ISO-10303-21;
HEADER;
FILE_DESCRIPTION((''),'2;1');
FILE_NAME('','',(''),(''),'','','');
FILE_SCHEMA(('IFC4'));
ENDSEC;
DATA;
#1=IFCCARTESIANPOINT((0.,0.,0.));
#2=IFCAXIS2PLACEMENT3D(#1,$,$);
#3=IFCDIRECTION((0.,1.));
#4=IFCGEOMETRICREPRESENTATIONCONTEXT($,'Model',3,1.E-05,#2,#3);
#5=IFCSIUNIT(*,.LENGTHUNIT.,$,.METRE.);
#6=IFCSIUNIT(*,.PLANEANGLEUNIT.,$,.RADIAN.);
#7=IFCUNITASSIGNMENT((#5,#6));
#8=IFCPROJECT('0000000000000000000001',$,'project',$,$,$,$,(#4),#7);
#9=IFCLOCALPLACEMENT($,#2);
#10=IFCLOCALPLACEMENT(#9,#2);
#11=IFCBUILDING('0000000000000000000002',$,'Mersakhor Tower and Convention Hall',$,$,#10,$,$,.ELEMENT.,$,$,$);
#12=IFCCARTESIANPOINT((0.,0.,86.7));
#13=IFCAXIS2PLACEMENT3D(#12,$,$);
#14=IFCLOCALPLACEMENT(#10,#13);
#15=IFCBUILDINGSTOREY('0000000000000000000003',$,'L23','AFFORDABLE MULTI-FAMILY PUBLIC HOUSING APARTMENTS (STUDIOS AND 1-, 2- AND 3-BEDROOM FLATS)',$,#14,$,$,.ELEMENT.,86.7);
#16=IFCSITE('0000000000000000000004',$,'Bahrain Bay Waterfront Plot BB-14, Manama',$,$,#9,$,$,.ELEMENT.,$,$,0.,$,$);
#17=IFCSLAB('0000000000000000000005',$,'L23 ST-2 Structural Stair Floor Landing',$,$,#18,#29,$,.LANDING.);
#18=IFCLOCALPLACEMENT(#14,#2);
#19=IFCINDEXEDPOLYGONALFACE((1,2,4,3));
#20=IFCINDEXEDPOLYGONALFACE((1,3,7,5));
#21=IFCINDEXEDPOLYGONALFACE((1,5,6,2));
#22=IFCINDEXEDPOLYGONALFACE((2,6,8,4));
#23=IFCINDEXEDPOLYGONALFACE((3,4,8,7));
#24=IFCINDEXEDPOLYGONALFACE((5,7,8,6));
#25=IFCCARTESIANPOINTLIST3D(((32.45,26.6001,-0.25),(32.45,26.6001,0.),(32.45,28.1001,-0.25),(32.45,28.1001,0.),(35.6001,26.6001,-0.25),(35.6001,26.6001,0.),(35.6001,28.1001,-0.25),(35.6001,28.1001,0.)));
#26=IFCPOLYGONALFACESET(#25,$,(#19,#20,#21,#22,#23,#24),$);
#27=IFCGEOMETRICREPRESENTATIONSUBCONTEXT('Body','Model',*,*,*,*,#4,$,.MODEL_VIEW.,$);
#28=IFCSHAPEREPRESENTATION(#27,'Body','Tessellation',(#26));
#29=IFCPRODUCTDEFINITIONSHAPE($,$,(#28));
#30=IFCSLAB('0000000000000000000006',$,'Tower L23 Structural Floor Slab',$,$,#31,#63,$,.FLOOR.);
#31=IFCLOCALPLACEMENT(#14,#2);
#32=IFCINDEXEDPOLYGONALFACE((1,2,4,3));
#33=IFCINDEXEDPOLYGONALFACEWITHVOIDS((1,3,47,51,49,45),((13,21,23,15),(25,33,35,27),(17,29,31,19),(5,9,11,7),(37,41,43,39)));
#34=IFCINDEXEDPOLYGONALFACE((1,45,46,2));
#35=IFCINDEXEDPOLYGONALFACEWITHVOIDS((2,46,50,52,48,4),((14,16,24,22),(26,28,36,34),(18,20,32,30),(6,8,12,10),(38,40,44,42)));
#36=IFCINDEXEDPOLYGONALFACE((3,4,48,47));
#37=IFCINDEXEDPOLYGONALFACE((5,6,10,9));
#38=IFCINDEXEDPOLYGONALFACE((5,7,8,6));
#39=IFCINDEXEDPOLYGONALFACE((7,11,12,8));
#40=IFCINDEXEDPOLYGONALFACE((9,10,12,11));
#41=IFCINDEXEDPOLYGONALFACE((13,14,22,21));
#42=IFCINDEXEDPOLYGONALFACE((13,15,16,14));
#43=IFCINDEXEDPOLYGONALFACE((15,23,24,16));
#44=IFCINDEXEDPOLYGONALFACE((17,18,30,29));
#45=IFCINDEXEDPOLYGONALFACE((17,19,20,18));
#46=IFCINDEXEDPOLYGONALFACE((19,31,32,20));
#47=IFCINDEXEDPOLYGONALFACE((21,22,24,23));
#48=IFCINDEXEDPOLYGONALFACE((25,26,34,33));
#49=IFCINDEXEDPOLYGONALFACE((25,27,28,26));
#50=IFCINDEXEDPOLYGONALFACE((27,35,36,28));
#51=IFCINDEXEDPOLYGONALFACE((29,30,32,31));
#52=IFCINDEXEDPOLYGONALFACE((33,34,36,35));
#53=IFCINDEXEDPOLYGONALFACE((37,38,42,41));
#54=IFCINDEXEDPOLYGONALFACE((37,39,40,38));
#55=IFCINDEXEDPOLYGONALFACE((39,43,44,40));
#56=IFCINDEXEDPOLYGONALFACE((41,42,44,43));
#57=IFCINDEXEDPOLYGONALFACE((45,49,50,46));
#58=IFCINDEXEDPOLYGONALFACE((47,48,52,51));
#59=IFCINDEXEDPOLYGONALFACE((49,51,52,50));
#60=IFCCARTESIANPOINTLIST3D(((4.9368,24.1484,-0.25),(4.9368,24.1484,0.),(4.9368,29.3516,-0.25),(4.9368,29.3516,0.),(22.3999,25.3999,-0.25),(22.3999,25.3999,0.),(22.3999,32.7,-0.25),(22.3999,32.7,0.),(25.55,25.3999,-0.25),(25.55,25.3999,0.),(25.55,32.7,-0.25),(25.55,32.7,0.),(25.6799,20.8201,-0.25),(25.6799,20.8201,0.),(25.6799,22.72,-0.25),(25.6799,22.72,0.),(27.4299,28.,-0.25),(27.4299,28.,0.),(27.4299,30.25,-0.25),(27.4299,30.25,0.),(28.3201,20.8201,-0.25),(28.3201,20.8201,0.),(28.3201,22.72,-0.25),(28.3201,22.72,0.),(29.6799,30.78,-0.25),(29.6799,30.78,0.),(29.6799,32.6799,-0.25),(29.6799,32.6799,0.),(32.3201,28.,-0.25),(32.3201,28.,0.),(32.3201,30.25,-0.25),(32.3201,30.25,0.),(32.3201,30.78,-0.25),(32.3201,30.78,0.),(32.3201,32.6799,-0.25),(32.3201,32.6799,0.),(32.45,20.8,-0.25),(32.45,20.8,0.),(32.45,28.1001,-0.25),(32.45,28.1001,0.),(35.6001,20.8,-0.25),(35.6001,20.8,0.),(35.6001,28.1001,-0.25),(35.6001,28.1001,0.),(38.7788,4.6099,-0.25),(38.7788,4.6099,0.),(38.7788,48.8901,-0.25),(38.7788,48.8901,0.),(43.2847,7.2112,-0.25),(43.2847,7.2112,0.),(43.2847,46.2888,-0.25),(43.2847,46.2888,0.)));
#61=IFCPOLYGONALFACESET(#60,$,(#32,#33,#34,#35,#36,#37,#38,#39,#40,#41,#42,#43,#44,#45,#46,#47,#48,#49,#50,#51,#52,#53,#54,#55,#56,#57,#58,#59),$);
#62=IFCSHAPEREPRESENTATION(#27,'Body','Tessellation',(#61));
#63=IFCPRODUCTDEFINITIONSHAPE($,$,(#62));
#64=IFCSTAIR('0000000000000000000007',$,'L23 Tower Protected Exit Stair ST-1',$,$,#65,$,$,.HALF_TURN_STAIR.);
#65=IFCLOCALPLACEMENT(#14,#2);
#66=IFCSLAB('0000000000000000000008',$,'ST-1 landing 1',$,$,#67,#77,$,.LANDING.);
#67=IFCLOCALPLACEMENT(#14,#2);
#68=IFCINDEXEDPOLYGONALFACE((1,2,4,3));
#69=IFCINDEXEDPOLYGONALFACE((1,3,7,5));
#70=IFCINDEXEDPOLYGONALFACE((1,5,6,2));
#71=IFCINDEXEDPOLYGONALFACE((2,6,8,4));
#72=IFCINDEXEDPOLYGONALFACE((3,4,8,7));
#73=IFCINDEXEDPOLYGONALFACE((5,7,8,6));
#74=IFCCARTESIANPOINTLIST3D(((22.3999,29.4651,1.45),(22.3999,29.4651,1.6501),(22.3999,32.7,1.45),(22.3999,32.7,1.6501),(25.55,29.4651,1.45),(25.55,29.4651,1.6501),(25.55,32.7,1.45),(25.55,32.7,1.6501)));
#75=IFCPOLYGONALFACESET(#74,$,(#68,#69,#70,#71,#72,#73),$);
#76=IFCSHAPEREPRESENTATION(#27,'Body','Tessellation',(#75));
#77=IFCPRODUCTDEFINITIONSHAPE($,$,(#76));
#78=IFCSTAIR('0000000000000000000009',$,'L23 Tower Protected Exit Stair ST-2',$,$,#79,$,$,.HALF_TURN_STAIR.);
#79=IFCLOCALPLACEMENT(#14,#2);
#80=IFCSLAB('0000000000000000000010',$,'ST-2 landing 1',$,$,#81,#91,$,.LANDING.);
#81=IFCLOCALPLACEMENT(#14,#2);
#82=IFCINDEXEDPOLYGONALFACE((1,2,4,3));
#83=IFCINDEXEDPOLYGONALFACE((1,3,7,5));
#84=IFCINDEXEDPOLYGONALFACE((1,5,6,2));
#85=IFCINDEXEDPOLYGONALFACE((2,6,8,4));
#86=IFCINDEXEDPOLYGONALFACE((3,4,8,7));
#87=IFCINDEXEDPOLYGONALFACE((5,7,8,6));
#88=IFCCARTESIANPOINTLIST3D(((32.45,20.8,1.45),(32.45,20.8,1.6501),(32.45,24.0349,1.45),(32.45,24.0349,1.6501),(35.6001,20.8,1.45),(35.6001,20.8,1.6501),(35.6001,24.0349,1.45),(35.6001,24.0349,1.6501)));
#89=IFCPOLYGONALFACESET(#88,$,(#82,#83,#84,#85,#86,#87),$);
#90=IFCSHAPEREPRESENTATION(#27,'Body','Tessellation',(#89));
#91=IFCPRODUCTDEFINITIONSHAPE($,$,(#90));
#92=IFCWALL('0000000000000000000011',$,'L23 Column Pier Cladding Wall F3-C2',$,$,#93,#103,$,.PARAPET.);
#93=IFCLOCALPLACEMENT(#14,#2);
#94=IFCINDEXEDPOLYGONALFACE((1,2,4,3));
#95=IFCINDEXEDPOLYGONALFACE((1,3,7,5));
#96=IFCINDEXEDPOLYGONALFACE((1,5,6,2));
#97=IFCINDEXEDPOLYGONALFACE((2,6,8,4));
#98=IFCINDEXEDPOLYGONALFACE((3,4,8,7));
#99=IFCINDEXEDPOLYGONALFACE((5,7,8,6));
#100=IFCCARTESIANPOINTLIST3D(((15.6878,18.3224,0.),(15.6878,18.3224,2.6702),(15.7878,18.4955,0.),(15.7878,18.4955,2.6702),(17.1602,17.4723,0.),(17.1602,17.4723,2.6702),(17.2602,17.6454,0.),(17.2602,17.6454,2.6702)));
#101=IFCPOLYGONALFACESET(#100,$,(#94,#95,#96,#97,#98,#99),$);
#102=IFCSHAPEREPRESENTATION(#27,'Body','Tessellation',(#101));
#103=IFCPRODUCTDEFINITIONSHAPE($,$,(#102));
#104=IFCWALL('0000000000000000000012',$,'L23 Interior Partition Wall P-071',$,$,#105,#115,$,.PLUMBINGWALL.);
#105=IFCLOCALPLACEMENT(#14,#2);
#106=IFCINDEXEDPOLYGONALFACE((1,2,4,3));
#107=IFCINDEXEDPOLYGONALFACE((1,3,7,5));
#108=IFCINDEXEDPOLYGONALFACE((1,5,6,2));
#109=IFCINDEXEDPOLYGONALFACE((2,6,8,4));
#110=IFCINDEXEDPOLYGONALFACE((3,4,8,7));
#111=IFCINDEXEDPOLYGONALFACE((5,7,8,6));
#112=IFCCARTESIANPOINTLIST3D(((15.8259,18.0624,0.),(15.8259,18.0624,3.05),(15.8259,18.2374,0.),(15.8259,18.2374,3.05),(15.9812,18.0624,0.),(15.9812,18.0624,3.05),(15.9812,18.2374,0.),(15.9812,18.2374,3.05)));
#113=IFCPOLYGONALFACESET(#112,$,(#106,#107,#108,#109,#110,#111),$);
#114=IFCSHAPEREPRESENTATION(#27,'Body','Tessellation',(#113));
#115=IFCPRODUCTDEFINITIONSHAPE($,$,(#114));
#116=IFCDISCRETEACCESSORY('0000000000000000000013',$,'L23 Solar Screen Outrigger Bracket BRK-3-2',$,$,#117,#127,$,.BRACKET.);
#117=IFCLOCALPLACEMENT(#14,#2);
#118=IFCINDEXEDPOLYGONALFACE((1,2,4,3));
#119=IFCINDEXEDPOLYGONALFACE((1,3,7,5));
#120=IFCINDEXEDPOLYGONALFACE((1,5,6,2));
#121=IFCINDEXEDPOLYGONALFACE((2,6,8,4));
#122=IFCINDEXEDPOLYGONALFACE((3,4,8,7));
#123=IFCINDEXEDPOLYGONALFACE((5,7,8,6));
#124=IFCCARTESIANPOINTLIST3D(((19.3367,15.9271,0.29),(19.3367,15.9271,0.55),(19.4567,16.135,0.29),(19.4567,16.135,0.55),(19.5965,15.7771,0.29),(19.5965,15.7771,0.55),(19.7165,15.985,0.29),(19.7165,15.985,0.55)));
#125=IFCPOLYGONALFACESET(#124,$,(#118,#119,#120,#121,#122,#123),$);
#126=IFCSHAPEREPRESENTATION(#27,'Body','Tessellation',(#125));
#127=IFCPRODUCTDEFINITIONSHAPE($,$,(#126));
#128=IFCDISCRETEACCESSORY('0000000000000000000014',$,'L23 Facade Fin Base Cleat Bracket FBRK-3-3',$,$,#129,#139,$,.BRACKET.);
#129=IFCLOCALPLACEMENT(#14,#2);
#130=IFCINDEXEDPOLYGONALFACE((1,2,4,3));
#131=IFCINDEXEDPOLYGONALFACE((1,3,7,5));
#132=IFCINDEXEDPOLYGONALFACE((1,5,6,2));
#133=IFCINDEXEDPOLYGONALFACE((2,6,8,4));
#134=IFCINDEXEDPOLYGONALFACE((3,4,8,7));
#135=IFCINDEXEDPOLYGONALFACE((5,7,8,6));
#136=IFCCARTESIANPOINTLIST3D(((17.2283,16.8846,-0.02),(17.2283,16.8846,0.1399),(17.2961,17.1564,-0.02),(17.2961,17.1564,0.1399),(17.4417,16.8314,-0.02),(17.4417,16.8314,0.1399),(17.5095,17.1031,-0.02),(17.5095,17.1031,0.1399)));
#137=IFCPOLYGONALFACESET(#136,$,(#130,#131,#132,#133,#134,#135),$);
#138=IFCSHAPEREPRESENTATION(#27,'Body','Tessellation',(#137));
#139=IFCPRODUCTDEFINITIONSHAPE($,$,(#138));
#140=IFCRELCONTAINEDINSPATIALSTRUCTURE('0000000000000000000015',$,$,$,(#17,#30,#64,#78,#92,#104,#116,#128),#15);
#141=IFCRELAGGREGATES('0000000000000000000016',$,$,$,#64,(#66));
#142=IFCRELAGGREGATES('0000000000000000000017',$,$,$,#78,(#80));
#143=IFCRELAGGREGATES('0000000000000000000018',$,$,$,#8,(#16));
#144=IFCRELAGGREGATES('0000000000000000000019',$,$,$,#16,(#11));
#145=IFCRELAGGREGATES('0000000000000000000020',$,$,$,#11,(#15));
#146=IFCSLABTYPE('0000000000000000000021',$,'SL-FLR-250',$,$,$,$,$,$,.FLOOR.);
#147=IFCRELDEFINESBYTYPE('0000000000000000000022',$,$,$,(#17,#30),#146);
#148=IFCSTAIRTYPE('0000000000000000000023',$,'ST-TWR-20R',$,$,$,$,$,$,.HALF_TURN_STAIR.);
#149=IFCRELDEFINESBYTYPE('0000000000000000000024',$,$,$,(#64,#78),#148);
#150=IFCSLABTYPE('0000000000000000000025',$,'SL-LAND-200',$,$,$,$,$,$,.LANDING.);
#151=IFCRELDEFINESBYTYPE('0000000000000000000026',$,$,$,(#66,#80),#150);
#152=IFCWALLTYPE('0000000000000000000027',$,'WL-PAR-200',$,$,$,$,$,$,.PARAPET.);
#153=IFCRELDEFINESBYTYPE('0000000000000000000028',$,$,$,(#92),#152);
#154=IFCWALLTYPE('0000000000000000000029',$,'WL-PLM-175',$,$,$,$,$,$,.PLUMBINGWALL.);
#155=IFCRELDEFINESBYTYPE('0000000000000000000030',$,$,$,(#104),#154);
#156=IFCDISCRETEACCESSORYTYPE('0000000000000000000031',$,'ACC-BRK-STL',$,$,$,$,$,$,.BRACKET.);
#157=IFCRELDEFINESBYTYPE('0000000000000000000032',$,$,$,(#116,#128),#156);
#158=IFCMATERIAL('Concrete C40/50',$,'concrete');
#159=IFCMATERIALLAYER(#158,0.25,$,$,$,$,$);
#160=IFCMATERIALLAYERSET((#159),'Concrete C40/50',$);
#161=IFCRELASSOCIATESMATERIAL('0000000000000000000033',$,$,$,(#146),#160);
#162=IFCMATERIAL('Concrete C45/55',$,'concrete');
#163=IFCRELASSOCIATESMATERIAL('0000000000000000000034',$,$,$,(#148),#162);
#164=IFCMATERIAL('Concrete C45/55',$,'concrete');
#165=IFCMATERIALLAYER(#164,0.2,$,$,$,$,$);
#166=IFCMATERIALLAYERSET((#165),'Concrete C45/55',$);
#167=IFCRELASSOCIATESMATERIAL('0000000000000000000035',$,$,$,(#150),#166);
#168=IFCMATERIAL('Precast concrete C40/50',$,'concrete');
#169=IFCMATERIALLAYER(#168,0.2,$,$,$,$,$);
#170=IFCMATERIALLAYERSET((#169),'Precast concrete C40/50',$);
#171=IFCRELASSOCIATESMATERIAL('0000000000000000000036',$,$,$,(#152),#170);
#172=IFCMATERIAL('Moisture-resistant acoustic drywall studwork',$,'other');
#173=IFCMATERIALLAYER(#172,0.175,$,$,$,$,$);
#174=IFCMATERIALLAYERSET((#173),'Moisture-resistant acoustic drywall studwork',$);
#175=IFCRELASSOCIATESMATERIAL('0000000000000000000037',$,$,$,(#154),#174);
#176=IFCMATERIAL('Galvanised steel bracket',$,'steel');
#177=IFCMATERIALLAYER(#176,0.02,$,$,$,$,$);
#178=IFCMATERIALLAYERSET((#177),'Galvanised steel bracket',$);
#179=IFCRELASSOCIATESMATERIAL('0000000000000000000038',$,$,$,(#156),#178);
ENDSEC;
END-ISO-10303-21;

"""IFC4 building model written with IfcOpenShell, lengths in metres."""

from ifc_helpers import new_model, si_unit, direction, frame, frame_2d, origin, origin_2d, place, context, subcontext, project, spatial, polyline, rectangle, outline, extrude, material, layer, layer_set, type_object, element, aggregate, save


model = new_model("IFC4")

# Units and contexts
model_context = context("Model", 3, precision=1e-05, world=origin(), true_north=direction((0.0, 1.0)))
body_context = subcontext(model_context, "Body", "Model", "MODEL_VIEW")
ifc_project = project(units=[si_unit("LENGTHUNIT", "METRE"), si_unit("PLANEANGLEUNIT", "RADIAN")], contexts=[model_context])

# Site, building, storey
site_placement = place(None, origin())
site = spatial("IfcSite", under=ifc_project, at=site_placement, Name="Bahrain Bay Waterfront Plot BB-14, Manama", CompositionType="ELEMENT", RefElevation=0.0)
building_placement = place(site_placement, origin())
building = spatial("IfcBuilding", under=site, at=building_placement, Name="Mersakhor Tower and Convention Hall", CompositionType="ELEMENT")
storey_placement = place(building_placement, frame((0.0, 0.0, 86.7)))
storey = spatial("IfcBuildingStorey", under=building, at=storey_placement, Name="L23", Description="AFFORDABLE MULTI-FAMILY PUBLIC HOUSING APARTMENTS (STUDIOS AND 1-, 2- AND 3-BEDROOM FLATS)", CompositionType="ELEMENT", Elevation=86.7)

# Slabs
ifc_material_1 = material(Name="Concrete C40/50", Category="concrete")
ifc_layer_1 = layer(ifc_material_1, 0.25)
ifc_layer_set_1 = layer_set([ifc_layer_1], Name="Concrete C40/50")
slab_type_1 = type_object("IfcSlabType", Name="SL-FLR-250", PredefinedType="FLOOR", material=ifc_layer_set_1)
slab_1_placement = place(storey_placement, frame((0.0, 0.0, -0.25)))
element("IfcSlab", 1, at=slab_1_placement, inside=storey, type_object=slab_type_1, Name="L23 ST-2 Structural Stair Floor Landing", PredefinedType="LANDING", context=body_context, shape_type="SweptSolid", body=[
    extrude(outline(polyline([(32.45, 28.1001), (32.45, 26.6001), (35.6001, 26.6001), (35.6001, 28.1001), (32.45, 28.1001)])), origin(), (0.0, 0.0, 1.0), 0.25),
])
slab_2_placement = place(storey_placement, frame((0.0, 0.0, -0.25)))
element("IfcSlab", 2, at=slab_2_placement, inside=storey, type_object=slab_type_1, Name="Tower L23 Structural Floor Slab", PredefinedType="FLOOR", context=body_context, shape_type="SweptSolid", body=[
    extrude(outline(polyline([(4.9368, 29.3516), (38.7788, 48.8901), (43.2847, 46.2888), (43.2847, 7.2112), (38.7788, 4.6099), (4.9368, 24.1484), (4.9368, 29.3516)]), holes=[polyline([(25.55, 25.3999), (25.55, 32.7), (22.3999, 32.7), (22.3999, 25.3999), (25.55, 25.3999)]), polyline([(32.45, 28.1001), (32.45, 20.8), (35.6001, 20.8), (35.6001, 28.1001), (32.45, 28.1001)]), polyline([(25.6799, 20.8201), (25.6799, 22.72), (28.3201, 22.72), (28.3201, 20.8201), (25.6799, 20.8201)]), polyline([(29.6799, 30.78), (29.6799, 32.6799), (32.3201, 32.6799), (32.3201, 30.78), (29.6799, 30.78)]), polyline([(27.4299, 28.0), (27.4299, 30.25), (32.3201, 30.25), (32.3201, 28.0), (27.4299, 28.0)])]), origin(), (0.0, 0.0, 1.0), 0.25),
])

# Stairs, slabs
ifc_material_2 = material(Name="Concrete C45/55", Category="concrete")
stair_type = type_object("IfcStairType", Name="ST-TWR-20R", PredefinedType="HALF_TURN_STAIR", material=ifc_material_2)
stair_1_placement = place(storey_placement, origin())
stair_1 = element("IfcStair", 3, at=stair_1_placement, inside=storey, type_object=stair_type, Name="L23 Tower Protected Exit Stair ST-1", PredefinedType="HALF_TURN_STAIR")
ifc_material_3 = material(Name="Concrete C45/55", Category="concrete")
ifc_layer_2 = layer(ifc_material_3, 0.2)
ifc_layer_set_2 = layer_set([ifc_layer_2], Name="Concrete C45/55")
slab_type_2 = type_object("IfcSlabType", Name="SL-LAND-200", PredefinedType="LANDING", material=ifc_layer_set_2)
slab_3_placement = place(storey_placement, frame((0.0, 0.0, 1.45)))
slab_3 = element("IfcSlab", 4, at=slab_3_placement, type_object=slab_type_2, Name="ST-1 landing 1", PredefinedType="LANDING", context=body_context, shape_type="SweptSolid", body=[
    extrude(outline(polyline([(25.55, 29.4651), (25.55, 32.7), (22.3999, 32.7), (22.3999, 29.4651), (25.55, 29.4651)])), origin(), (0.0, 0.0, 1.0), 0.2002),
])
aggregate(stair_1, [slab_3])
stair_2_placement = place(storey_placement, origin())
stair_2 = element("IfcStair", 5, at=stair_2_placement, inside=storey, type_object=stair_type, Name="L23 Tower Protected Exit Stair ST-2", PredefinedType="HALF_TURN_STAIR")
slab_4_placement = place(storey_placement, frame((0.0, 0.0, 1.45)))
slab_4 = element("IfcSlab", 6, at=slab_4_placement, type_object=slab_type_2, Name="ST-2 landing 1", PredefinedType="LANDING", context=body_context, shape_type="SweptSolid", body=[
    extrude(outline(polyline([(32.45, 24.0349), (32.45, 20.8), (35.6001, 20.8), (35.6001, 24.0349), (32.45, 24.0349)])), origin(), (0.0, 0.0, 1.0), 0.2002),
])
aggregate(stair_2, [slab_4])

# Walls
ifc_material_4 = material(Name="Precast concrete C40/50", Category="concrete")
ifc_layer_3 = layer(ifc_material_4, 0.2)
ifc_layer_set_3 = layer_set([ifc_layer_3], Name="Precast concrete C40/50")
wall_type_1 = type_object("IfcWallType", Name="WL-PAR-200", PredefinedType="PARAPET", material=ifc_layer_set_3)
wall_1_placement = place(storey_placement, frame((17.2102, 17.5588, 0.0), z_axis=(0.0, 0.0, 1.0), x_axis=(-0.866025, 0.5, 0.0)))
element("IfcWall", 7, at=wall_1_placement, inside=storey, type_object=wall_type_1, Name="L23 Column Pier Cladding Wall F3-C2", PredefinedType="PARAPET", context=body_context, shape_type="SweptSolid", body=[
    extrude(rectangle(XDim=1.7002, YDim=0.2, at=frame_2d((0.8501, 0.0))), origin(), (0.0, 0.0, 1.0), 2.6702),
])
ifc_material_5 = material(Name="Moisture-resistant acoustic drywall studwork", Category="other")
ifc_layer_4 = layer(ifc_material_5, 0.175)
ifc_layer_set_4 = layer_set([ifc_layer_4], Name="Moisture-resistant acoustic drywall studwork")
wall_type_2 = type_object("IfcWallType", Name="WL-PLM-175", PredefinedType="PLUMBINGWALL", material=ifc_layer_set_4)
wall_2_placement = place(storey_placement, frame((15.9812, 18.1499, 0.0), z_axis=(0.0, 0.0, 1.0), x_axis=(-1.0, 0.0, 0.0)))
element("IfcWall", 8, at=wall_2_placement, inside=storey, type_object=wall_type_2, Name="L23 Interior Partition Wall P-071", PredefinedType="PLUMBINGWALL", context=body_context, shape_type="SweptSolid", body=[
    extrude(rectangle(XDim=0.1553, YDim=0.175, at=frame_2d((0.0776, 0.0))), origin(), (0.0, 0.0, 1.0), 3.05),
])

# Discrete accessories
ifc_material_6 = material(Name="Galvanised steel bracket", Category="steel")
ifc_layer_5 = layer(ifc_material_6, 0.02)
ifc_layer_set_5 = layer_set([ifc_layer_5], Name="Galvanised steel bracket")
discrete_accessory_type = type_object("IfcDiscreteAccessoryType", Name="ACC-BRK-STL", PredefinedType="BRACKET", material=ifc_layer_set_5)
discrete_accessory_1_placement = place(storey_placement, frame((19.5266, 15.9561, 0.29), z_axis=(0.0, 0.0, 1.0), x_axis=(-0.866025, 0.5, 0.0)))
element("IfcDiscreteAccessory", 9, at=discrete_accessory_1_placement, inside=storey, type_object=discrete_accessory_type, Name="L23 Solar Screen Outrigger Bracket BRK-3-2", PredefinedType="BRACKET", context=body_context, shape_type="SweptSolid", body=[
    extrude(rectangle(XDim=0.3, YDim=0.24, at=origin_2d()), origin(), (0.0, 0.0, 1.0), 0.26),
])
discrete_accessory_2_placement = place(storey_placement, frame((17.3689, 16.9939, -0.02), z_axis=(0.0, 0.0, 1.0), x_axis=(-0.241922, -0.970296, 0.0)))
element("IfcDiscreteAccessory", 10, at=discrete_accessory_2_placement, inside=storey, type_object=discrete_accessory_type, Name="L23 Facade Fin Base Cleat Bracket FBRK-3-3", PredefinedType="BRACKET", context=body_context, shape_type="SweptSolid", body=[
    extrude(rectangle(XDim=0.28, YDim=0.22, at=origin_2d()), origin(), (0.0, 0.0, 1.0), 0.1599),
])

save(model, "model.ifc")
